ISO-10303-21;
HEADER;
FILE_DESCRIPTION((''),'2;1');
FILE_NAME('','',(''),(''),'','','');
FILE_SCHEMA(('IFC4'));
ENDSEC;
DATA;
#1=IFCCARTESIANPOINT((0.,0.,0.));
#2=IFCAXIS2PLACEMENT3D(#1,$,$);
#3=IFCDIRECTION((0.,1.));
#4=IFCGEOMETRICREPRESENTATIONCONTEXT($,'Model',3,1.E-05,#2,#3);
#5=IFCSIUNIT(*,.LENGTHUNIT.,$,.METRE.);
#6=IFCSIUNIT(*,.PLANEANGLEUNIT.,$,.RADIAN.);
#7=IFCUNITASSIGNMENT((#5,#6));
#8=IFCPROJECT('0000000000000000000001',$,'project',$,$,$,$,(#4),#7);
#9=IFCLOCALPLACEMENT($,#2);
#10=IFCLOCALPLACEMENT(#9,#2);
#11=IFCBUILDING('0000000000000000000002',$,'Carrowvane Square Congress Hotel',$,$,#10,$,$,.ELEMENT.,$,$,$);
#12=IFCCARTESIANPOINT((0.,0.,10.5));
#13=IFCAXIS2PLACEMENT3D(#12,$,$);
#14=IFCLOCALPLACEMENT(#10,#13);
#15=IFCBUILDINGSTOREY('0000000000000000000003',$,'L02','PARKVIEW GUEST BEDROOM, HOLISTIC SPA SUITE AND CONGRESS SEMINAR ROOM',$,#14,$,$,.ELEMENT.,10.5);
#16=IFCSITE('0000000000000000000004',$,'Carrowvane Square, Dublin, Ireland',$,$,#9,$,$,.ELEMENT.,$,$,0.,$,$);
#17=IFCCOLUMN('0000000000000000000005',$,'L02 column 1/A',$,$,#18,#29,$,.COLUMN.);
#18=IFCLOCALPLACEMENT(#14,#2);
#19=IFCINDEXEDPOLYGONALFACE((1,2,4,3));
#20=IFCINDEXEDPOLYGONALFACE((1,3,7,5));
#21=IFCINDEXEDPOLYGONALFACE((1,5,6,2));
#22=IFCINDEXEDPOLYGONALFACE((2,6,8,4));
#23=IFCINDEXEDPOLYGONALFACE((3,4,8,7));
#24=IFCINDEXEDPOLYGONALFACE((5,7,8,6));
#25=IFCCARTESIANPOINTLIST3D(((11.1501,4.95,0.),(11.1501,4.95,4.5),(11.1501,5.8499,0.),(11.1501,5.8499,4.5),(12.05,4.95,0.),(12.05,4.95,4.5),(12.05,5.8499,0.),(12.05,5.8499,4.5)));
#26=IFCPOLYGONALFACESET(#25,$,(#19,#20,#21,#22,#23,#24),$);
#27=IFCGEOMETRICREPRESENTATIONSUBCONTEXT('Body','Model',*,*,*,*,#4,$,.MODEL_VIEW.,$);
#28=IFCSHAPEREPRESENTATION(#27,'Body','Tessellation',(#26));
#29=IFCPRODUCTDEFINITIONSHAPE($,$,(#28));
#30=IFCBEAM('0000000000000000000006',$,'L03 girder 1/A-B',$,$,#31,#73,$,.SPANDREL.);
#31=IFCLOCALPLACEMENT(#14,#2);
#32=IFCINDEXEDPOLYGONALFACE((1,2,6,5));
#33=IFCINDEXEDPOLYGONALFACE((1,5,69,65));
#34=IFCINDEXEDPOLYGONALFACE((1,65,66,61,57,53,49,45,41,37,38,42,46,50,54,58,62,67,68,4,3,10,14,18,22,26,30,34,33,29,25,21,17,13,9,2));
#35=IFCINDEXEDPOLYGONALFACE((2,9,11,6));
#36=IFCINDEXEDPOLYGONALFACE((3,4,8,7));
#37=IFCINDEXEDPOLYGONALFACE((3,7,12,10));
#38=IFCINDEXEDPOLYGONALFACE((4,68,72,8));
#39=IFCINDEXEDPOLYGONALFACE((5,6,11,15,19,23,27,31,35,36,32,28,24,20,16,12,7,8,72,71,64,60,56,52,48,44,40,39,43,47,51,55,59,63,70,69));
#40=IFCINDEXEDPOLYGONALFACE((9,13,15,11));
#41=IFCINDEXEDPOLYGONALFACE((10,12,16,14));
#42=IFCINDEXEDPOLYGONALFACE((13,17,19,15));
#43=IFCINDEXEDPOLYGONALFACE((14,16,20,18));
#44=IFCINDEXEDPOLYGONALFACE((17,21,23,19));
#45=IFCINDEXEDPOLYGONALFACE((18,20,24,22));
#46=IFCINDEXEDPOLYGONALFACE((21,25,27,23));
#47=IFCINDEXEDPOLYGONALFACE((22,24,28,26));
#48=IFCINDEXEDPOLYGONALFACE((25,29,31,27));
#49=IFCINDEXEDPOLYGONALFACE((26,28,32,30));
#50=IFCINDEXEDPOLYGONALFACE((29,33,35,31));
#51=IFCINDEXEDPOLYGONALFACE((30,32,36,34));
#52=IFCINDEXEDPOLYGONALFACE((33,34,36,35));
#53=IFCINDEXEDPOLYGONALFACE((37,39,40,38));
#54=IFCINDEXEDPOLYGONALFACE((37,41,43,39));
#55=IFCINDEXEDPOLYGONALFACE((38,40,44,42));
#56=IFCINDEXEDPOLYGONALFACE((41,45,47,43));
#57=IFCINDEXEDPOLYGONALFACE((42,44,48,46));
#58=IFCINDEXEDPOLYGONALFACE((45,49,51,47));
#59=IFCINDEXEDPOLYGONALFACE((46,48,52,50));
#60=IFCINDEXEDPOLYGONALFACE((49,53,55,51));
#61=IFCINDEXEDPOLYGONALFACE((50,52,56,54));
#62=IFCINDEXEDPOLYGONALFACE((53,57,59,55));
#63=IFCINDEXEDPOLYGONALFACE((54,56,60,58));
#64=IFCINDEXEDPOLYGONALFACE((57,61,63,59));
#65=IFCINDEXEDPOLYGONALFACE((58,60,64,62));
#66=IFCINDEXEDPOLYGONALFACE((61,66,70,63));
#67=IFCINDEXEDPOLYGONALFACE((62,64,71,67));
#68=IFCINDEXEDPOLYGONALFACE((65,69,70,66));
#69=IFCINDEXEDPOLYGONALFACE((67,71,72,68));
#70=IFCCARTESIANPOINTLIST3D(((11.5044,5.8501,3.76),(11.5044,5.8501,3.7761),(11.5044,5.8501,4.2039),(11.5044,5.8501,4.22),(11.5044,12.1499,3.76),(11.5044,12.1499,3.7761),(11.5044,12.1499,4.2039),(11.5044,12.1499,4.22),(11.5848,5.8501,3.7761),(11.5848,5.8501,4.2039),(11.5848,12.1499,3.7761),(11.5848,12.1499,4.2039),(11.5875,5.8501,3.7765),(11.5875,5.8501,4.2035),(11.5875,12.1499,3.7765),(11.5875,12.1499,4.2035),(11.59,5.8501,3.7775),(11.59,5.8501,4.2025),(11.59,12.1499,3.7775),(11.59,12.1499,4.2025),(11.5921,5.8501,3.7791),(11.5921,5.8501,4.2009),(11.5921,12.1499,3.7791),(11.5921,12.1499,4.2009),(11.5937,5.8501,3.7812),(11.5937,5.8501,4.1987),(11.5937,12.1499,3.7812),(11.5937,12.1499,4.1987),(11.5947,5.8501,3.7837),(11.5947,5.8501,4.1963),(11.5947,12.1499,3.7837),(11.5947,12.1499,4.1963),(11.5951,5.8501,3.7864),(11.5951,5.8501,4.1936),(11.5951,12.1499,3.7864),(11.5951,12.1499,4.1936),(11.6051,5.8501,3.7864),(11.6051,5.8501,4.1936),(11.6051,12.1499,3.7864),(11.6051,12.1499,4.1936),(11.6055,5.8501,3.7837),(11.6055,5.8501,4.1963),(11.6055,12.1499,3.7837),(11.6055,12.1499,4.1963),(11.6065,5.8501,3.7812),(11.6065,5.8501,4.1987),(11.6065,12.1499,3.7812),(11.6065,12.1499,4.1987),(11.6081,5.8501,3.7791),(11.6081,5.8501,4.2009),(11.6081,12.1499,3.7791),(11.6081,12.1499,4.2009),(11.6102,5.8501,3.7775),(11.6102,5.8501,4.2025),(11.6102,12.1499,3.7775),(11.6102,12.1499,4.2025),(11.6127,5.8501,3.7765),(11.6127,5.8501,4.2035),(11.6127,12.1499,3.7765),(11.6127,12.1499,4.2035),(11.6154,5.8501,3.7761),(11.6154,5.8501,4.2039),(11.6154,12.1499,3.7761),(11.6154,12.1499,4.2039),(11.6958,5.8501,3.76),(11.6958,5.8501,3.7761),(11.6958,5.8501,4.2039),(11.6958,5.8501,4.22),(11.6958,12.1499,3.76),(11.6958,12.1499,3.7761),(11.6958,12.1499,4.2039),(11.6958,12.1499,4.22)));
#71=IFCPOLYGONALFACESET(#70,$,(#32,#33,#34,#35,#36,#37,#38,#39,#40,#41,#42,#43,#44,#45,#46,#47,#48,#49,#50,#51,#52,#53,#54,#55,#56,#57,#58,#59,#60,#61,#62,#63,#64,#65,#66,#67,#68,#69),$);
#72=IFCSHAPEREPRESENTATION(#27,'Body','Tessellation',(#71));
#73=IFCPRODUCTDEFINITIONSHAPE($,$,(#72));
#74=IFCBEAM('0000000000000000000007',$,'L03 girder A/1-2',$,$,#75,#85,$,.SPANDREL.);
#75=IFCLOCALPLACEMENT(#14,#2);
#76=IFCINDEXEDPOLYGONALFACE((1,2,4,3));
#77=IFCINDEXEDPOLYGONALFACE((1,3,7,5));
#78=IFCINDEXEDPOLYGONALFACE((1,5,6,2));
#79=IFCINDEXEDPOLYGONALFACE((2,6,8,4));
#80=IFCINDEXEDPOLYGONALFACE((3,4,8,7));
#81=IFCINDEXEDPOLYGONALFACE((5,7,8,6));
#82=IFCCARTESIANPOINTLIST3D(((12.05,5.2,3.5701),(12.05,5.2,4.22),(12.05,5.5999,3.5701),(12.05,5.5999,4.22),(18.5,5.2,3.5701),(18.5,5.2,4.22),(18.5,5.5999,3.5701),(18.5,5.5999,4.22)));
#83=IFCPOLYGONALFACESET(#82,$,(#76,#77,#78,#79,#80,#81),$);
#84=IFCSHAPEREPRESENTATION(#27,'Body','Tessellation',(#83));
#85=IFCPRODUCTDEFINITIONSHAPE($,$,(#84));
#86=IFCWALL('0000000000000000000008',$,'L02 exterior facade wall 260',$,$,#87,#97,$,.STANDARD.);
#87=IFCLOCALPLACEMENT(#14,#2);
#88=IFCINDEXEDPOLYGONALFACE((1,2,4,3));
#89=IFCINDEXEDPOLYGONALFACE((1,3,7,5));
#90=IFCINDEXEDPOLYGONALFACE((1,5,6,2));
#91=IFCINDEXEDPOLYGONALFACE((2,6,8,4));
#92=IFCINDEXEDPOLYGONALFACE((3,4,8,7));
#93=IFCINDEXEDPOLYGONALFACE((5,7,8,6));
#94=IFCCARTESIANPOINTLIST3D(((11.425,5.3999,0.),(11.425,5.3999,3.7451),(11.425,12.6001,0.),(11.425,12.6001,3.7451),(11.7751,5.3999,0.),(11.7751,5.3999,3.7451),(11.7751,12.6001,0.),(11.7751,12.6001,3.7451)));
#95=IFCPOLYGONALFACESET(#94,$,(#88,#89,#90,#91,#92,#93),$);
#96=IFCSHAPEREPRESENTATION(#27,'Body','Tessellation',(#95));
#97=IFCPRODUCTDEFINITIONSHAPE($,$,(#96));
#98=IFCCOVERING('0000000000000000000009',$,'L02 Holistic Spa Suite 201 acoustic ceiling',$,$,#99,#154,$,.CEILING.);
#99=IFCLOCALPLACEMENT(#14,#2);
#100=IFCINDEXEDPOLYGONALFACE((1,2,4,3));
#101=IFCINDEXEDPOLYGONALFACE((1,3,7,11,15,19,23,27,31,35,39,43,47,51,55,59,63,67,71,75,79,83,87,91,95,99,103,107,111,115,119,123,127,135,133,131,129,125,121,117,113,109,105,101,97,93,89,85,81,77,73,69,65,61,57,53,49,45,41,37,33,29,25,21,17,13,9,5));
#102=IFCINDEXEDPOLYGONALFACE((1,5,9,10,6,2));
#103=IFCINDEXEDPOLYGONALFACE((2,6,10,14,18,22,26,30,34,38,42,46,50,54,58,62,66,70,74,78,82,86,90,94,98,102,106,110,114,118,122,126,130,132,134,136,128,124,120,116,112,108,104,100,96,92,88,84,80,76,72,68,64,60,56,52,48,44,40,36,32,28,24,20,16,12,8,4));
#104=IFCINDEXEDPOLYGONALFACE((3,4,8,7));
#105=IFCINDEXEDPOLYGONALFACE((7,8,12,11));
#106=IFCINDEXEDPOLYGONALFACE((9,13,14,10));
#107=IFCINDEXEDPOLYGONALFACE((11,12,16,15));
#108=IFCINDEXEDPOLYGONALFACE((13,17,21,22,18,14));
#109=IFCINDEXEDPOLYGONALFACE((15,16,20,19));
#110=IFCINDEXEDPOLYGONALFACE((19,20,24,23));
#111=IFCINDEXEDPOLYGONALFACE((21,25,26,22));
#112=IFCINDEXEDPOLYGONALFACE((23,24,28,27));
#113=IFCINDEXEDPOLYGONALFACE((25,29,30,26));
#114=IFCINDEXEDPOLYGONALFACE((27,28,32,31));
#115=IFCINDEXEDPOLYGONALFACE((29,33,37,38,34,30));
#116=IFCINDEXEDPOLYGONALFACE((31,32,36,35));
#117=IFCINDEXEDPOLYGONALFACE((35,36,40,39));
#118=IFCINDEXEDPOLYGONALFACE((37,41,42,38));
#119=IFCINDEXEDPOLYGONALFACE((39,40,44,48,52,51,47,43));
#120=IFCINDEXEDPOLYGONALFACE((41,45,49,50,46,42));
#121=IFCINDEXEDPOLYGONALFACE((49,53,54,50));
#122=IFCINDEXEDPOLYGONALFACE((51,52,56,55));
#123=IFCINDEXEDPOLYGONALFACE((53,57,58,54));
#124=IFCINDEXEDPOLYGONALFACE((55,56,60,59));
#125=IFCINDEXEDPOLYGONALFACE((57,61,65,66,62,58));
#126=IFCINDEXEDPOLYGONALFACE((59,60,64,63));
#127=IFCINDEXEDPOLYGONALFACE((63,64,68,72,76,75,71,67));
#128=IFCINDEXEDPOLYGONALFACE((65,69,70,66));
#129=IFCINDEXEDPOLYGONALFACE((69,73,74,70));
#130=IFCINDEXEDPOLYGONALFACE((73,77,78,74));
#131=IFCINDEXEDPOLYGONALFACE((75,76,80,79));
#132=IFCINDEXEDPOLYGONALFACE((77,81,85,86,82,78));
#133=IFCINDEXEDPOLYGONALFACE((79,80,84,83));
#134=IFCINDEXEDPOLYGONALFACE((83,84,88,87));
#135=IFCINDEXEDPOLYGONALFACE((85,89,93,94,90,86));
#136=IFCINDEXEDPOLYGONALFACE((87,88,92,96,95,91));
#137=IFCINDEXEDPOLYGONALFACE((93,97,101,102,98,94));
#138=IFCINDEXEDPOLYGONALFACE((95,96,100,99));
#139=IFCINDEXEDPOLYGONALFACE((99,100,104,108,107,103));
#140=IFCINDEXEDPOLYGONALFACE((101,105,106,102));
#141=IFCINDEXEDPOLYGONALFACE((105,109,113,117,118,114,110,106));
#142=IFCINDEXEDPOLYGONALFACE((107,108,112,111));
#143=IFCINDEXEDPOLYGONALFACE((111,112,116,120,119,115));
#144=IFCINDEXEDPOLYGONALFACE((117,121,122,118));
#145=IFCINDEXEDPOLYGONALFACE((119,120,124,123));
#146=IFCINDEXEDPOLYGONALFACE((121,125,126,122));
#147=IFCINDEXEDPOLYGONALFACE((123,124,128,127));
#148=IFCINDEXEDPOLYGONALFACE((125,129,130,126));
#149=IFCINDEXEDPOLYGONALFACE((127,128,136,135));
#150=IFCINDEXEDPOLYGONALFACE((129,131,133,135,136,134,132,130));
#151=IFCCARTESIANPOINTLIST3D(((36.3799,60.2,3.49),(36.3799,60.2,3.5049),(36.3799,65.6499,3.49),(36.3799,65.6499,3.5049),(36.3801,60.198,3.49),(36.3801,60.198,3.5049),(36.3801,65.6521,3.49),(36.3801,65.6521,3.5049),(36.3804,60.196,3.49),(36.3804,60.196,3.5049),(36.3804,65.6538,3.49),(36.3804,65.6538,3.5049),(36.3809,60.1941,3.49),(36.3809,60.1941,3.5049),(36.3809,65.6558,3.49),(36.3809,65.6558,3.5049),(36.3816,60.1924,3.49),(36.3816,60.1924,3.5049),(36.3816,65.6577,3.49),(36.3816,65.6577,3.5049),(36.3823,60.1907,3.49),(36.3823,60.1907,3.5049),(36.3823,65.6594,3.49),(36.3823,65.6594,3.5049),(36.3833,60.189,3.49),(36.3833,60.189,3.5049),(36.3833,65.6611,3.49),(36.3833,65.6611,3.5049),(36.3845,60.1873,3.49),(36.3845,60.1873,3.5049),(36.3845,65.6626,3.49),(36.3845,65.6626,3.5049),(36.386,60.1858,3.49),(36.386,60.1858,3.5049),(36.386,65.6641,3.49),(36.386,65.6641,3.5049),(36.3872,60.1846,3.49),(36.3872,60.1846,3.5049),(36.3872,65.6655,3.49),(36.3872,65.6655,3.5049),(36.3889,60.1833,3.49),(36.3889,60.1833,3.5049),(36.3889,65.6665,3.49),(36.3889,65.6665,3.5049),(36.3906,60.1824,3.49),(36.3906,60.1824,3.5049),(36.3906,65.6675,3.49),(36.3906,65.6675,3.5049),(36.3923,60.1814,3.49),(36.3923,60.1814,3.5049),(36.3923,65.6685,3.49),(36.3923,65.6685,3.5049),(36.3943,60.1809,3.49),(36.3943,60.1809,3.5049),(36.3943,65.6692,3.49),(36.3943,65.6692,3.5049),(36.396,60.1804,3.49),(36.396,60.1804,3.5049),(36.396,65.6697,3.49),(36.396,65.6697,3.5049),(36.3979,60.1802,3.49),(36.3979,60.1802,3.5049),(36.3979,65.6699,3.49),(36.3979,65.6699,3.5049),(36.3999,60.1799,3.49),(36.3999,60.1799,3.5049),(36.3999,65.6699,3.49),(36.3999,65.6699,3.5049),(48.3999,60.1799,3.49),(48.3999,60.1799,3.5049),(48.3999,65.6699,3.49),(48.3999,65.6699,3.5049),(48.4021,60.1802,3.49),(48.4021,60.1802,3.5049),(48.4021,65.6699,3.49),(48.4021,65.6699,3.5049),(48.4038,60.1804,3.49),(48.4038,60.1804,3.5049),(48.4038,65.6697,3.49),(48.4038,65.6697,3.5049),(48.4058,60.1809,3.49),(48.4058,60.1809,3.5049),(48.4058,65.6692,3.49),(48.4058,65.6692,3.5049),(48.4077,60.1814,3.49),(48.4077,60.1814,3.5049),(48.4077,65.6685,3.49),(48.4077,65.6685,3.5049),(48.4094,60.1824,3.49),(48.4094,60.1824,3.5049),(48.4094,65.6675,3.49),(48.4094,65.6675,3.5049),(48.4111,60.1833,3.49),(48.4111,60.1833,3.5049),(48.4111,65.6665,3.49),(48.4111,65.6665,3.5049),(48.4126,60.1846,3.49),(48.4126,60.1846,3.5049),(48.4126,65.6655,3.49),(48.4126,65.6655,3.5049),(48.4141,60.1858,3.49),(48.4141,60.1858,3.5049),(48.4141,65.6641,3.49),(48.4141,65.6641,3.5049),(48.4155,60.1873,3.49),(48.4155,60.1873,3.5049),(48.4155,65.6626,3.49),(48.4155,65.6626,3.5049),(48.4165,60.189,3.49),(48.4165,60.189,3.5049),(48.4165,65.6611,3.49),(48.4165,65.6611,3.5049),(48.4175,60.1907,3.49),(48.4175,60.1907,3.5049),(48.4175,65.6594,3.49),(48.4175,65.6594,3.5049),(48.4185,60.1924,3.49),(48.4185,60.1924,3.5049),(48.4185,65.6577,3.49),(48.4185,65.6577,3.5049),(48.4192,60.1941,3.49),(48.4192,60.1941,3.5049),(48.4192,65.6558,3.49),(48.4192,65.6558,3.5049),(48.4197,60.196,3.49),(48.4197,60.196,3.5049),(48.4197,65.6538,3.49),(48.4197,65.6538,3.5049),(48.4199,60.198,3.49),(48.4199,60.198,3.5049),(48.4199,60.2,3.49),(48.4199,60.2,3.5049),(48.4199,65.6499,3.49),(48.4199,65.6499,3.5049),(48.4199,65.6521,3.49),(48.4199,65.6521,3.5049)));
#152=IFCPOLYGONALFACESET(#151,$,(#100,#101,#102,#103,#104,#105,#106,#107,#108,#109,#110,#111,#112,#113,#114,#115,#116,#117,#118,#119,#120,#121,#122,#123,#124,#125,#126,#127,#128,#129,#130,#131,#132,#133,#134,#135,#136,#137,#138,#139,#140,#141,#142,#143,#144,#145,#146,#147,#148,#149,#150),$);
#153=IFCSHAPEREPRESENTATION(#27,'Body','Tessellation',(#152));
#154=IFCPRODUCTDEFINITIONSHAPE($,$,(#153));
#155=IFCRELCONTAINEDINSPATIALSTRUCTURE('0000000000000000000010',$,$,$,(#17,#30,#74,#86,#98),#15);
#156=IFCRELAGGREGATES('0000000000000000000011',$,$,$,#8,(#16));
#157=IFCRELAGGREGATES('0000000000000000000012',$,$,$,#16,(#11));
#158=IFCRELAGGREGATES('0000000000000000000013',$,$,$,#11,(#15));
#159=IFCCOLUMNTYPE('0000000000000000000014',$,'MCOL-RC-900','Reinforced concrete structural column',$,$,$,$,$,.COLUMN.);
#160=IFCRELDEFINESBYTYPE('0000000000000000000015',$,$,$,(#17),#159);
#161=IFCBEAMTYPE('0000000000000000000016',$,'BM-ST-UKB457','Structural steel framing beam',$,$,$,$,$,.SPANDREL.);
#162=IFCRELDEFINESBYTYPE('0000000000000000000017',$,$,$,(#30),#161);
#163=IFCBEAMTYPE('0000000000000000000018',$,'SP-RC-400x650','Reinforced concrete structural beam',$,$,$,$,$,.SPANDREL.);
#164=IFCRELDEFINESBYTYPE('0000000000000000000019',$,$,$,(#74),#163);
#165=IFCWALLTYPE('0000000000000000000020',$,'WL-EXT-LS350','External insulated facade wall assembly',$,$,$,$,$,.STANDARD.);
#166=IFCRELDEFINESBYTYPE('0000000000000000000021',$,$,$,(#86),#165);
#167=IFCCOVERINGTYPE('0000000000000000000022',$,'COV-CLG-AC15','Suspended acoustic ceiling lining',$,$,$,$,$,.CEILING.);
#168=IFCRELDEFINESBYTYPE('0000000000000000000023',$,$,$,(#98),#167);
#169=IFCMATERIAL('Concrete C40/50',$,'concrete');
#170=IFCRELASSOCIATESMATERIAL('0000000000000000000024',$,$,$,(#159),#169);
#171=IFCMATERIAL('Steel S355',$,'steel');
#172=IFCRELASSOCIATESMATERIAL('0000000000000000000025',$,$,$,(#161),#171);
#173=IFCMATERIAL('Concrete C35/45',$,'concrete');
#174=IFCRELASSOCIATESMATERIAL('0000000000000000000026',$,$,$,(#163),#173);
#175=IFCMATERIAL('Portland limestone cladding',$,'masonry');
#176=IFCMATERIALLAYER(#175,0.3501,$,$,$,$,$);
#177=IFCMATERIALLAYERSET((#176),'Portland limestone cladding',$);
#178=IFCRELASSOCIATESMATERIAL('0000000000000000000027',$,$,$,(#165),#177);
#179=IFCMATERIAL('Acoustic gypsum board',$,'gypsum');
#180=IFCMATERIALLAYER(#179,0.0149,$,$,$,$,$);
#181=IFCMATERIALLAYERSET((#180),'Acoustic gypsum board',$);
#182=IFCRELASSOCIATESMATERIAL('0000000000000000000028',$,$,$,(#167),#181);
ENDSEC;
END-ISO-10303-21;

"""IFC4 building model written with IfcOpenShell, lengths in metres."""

from ifc_helpers import new_model, si_unit, direction, frame, frame_2d, origin, origin_2d, place, context, subcontext, project, spatial, polyline, rectangle, i_section, outline, extrude, material, layer, layer_set, material_profile, profile_set, type_object, element, save


model = new_model("IFC4")

# Units and contexts
model_context = context("Model", 3, precision=1e-05, world=origin(), true_north=direction((0.0, 1.0)))
body_context = subcontext(model_context, "Body", "Model", "MODEL_VIEW")
ifc_project = project(units=[si_unit("LENGTHUNIT", "METRE"), si_unit("PLANEANGLEUNIT", "RADIAN")], contexts=[model_context])

# Site, building, storey
site_placement = place(None, origin())
site = spatial("IfcSite", under=ifc_project, at=site_placement, Name="Carrowvane Square, Dublin, Ireland", CompositionType="ELEMENT", RefElevation=0.0)
building_placement = place(site_placement, origin())
building = spatial("IfcBuilding", under=site, at=building_placement, Name="Carrowvane Square Congress Hotel", CompositionType="ELEMENT")
storey_placement = place(building_placement, frame((0.0, 0.0, 10.5)))
storey = spatial("IfcBuildingStorey", under=building, at=storey_placement, Name="L02", Description="PARKVIEW GUEST BEDROOM, HOLISTIC SPA SUITE AND CONGRESS SEMINAR ROOM", CompositionType="ELEMENT", Elevation=10.5)

# Column
ifc_material_1 = material(Name="Concrete C40/50", Category="concrete")
ifc_material_profile_1 = material_profile(ifc_material_1, rectangle(XDim=0.8999, YDim=0.8999, at=origin_2d()), Name="RC 900x900")
ifc_profile_set_1 = profile_set([ifc_material_profile_1], Name="Concrete C40/50")
column_type = type_object("IfcColumnType", Name="MCOL-RC-900", Description="Reinforced concrete structural column", PredefinedType="COLUMN", material=ifc_profile_set_1)
column_placement = place(storey_placement, frame((11.6001, 5.3999, 0.0), z_axis=(0.0, 0.0, 1.0), x_axis=(1.0, 0.0, 0.0)))
element("IfcColumn", 1, at=column_placement, inside=storey, type_object=column_type, Name="L02 column 1/A", PredefinedType="COLUMN", context=body_context, shape_type="SweptSolid", body=[
    extrude(rectangle(XDim=0.8999, YDim=0.8999, at=origin_2d()), origin(), (0.0, 0.0, 1.0), 4.5),
])

# Beams
ifc_material_2 = material(Name="Steel S355", Category="steel")
ifc_material_profile_2 = material_profile(ifc_material_2, i_section(OverallWidth=0.1914, OverallDepth=0.46, WebThickness=0.01, FlangeThickness=0.0161, FilletRadius=0.0103, at=origin_2d()), Name="UKB 457x191x82")
ifc_profile_set_2 = profile_set([ifc_material_profile_2], Name="Steel S355")
beam_type_1 = type_object("IfcBeamType", Name="BM-ST-UKB457", Description="Structural steel framing beam", PredefinedType="SPANDREL", material=ifc_profile_set_2)
beam_1_placement = place(storey_placement, frame((11.6001, 5.8501, 3.99), z_axis=(0.0, 1.0, 0.0), x_axis=(-1.0, 0.0, 0.0)))
element("IfcBeam", 2, at=beam_1_placement, inside=storey, type_object=beam_type_1, Name="L03 girder 1/A-B", PredefinedType="SPANDREL", context=body_context, shape_type="SweptSolid", body=[
    extrude(i_section(OverallWidth=0.1914, OverallDepth=0.46, WebThickness=0.01, FlangeThickness=0.0161, FilletRadius=0.0103, at=origin_2d()), origin(), (0.0, 0.0, 1.0), 6.2998),
])
ifc_material_3 = material(Name="Concrete C35/45", Category="concrete")
ifc_material_profile_3 = material_profile(ifc_material_3, rectangle(XDim=0.3999, YDim=0.6499, at=origin_2d()), Name="RC 400x650")
ifc_profile_set_3 = profile_set([ifc_material_profile_3], Name="Concrete C35/45")
beam_type_2 = type_object("IfcBeamType", Name="SP-RC-400x650", Description="Reinforced concrete structural beam", PredefinedType="SPANDREL", material=ifc_profile_set_3)
beam_2_placement = place(storey_placement, frame((12.05, 5.3999, 3.895), z_axis=(1.0, 0.0, 0.0), x_axis=(0.0, 1.0, 0.0)))
element("IfcBeam", 3, at=beam_2_placement, inside=storey, type_object=beam_type_2, Name="L03 girder A/1-2", PredefinedType="SPANDREL", context=body_context, shape_type="SweptSolid", body=[
    extrude(rectangle(XDim=0.3999, YDim=0.6499, at=origin_2d()), origin(), (0.0, 0.0, 1.0), 6.45),
])

# Wall
ifc_material_4 = material(Name="Portland limestone cladding", Category="masonry")
ifc_layer_1 = layer(ifc_material_4, 0.3501)
ifc_layer_set_1 = layer_set([ifc_layer_1], Name="Portland limestone cladding")
wall_type = type_object("IfcWallType", Name="WL-EXT-LS350", Description="External insulated facade wall assembly", PredefinedType="STANDARD", material=ifc_layer_set_1)
wall_placement = place(storey_placement, frame((11.6001, 5.3999, 0.0), z_axis=(0.0, 0.0, 1.0), x_axis=(0.0, 1.0, 0.0)))
element("IfcWall", 4, at=wall_placement, inside=storey, type_object=wall_type, Name="L02 exterior facade wall 260", PredefinedType="STANDARD", context=body_context, shape_type="SweptSolid", body=[
    extrude(rectangle(XDim=7.2002, YDim=0.3501, at=frame_2d((3.6001, 0.0))), origin(), (0.0, 0.0, 1.0), 3.7451),
])

# Covering
ifc_material_5 = material(Name="Acoustic gypsum board", Category="gypsum")
ifc_layer_2 = layer(ifc_material_5, 0.0149)
ifc_layer_set_2 = layer_set([ifc_layer_2], Name="Acoustic gypsum board")
covering_type_1 = type_object("IfcCoveringType", Name="COV-CLG-AC15", Description="Suspended acoustic ceiling lining", PredefinedType="CEILING", material=ifc_layer_set_2)
covering_1_placement = place(storey_placement, frame((0.0, 0.0, 3.49)))
element("IfcCovering", 5, at=covering_1_placement, inside=storey, type_object=covering_type_1, Name="L02 Holistic Spa Suite 201 acoustic ceiling", PredefinedType="CEILING", context=body_context, shape_type="SweptSolid", body=[
    extrude(outline(polyline([(48.4199, 60.2), (48.4199, 60.198), (48.4197, 60.196), (48.4192, 60.1941), (48.4185, 60.1924), (48.4175, 60.1907), (48.4165, 60.189), (48.4155, 60.1873), (48.4141, 60.1858), (48.4126, 60.1846), (48.4111, 60.1833), (48.4094, 60.1824), (48.4077, 60.1814), (48.4058, 60.1809), (48.4038, 60.1804), (48.4021, 60.1802), (48.3999, 60.1799), (36.3999, 60.1799), (36.3979, 60.1802), (36.396, 60.1804), (36.3943, 60.1809), (36.3923, 60.1814), (36.3906, 60.1824), (36.3889, 60.1833), (36.3872, 60.1846), (36.386, 60.1858), (36.3845, 60.1873), (36.3833, 60.189), (36.3823, 60.1907), (36.3816, 60.1924), (36.3809, 60.1941), (36.3804, 60.196), (36.3801, 60.198), (36.3799, 60.2), (36.3799, 65.6499), (36.3801, 65.6521), (36.3804, 65.6538), (36.3809, 65.6558), (36.3816, 65.6577), (36.3823, 65.6594), (36.3833, 65.6611), (36.3845, 65.6626), (36.386, 65.6641), (36.3872, 65.6655), (36.3889, 65.6665), (36.3906, 65.6675), (36.3923, 65.6685), (36.3943, 65.6692), (36.396, 65.6697), (36.3979, 65.6699), (36.3999, 65.6699), (48.3999, 65.6699), (48.4021, 65.6699), (48.4038, 65.6697), (48.4058, 65.6692), (48.4077, 65.6685), (48.4094, 65.6675), (48.4111, 65.6665), (48.4126, 65.6655), (48.4141, 65.6641), (48.4155, 65.6626), (48.4165, 65.6611), (48.4175, 65.6594), (48.4185, 65.6577), (48.4192, 65.6558), (48.4197, 65.6538), (48.4199, 65.6521), (48.4199, 65.6499), (48.4199, 60.2)])), origin(), (0.0, 0.0, 1.0), 0.0149),
])

save(model, "model.ifc")
